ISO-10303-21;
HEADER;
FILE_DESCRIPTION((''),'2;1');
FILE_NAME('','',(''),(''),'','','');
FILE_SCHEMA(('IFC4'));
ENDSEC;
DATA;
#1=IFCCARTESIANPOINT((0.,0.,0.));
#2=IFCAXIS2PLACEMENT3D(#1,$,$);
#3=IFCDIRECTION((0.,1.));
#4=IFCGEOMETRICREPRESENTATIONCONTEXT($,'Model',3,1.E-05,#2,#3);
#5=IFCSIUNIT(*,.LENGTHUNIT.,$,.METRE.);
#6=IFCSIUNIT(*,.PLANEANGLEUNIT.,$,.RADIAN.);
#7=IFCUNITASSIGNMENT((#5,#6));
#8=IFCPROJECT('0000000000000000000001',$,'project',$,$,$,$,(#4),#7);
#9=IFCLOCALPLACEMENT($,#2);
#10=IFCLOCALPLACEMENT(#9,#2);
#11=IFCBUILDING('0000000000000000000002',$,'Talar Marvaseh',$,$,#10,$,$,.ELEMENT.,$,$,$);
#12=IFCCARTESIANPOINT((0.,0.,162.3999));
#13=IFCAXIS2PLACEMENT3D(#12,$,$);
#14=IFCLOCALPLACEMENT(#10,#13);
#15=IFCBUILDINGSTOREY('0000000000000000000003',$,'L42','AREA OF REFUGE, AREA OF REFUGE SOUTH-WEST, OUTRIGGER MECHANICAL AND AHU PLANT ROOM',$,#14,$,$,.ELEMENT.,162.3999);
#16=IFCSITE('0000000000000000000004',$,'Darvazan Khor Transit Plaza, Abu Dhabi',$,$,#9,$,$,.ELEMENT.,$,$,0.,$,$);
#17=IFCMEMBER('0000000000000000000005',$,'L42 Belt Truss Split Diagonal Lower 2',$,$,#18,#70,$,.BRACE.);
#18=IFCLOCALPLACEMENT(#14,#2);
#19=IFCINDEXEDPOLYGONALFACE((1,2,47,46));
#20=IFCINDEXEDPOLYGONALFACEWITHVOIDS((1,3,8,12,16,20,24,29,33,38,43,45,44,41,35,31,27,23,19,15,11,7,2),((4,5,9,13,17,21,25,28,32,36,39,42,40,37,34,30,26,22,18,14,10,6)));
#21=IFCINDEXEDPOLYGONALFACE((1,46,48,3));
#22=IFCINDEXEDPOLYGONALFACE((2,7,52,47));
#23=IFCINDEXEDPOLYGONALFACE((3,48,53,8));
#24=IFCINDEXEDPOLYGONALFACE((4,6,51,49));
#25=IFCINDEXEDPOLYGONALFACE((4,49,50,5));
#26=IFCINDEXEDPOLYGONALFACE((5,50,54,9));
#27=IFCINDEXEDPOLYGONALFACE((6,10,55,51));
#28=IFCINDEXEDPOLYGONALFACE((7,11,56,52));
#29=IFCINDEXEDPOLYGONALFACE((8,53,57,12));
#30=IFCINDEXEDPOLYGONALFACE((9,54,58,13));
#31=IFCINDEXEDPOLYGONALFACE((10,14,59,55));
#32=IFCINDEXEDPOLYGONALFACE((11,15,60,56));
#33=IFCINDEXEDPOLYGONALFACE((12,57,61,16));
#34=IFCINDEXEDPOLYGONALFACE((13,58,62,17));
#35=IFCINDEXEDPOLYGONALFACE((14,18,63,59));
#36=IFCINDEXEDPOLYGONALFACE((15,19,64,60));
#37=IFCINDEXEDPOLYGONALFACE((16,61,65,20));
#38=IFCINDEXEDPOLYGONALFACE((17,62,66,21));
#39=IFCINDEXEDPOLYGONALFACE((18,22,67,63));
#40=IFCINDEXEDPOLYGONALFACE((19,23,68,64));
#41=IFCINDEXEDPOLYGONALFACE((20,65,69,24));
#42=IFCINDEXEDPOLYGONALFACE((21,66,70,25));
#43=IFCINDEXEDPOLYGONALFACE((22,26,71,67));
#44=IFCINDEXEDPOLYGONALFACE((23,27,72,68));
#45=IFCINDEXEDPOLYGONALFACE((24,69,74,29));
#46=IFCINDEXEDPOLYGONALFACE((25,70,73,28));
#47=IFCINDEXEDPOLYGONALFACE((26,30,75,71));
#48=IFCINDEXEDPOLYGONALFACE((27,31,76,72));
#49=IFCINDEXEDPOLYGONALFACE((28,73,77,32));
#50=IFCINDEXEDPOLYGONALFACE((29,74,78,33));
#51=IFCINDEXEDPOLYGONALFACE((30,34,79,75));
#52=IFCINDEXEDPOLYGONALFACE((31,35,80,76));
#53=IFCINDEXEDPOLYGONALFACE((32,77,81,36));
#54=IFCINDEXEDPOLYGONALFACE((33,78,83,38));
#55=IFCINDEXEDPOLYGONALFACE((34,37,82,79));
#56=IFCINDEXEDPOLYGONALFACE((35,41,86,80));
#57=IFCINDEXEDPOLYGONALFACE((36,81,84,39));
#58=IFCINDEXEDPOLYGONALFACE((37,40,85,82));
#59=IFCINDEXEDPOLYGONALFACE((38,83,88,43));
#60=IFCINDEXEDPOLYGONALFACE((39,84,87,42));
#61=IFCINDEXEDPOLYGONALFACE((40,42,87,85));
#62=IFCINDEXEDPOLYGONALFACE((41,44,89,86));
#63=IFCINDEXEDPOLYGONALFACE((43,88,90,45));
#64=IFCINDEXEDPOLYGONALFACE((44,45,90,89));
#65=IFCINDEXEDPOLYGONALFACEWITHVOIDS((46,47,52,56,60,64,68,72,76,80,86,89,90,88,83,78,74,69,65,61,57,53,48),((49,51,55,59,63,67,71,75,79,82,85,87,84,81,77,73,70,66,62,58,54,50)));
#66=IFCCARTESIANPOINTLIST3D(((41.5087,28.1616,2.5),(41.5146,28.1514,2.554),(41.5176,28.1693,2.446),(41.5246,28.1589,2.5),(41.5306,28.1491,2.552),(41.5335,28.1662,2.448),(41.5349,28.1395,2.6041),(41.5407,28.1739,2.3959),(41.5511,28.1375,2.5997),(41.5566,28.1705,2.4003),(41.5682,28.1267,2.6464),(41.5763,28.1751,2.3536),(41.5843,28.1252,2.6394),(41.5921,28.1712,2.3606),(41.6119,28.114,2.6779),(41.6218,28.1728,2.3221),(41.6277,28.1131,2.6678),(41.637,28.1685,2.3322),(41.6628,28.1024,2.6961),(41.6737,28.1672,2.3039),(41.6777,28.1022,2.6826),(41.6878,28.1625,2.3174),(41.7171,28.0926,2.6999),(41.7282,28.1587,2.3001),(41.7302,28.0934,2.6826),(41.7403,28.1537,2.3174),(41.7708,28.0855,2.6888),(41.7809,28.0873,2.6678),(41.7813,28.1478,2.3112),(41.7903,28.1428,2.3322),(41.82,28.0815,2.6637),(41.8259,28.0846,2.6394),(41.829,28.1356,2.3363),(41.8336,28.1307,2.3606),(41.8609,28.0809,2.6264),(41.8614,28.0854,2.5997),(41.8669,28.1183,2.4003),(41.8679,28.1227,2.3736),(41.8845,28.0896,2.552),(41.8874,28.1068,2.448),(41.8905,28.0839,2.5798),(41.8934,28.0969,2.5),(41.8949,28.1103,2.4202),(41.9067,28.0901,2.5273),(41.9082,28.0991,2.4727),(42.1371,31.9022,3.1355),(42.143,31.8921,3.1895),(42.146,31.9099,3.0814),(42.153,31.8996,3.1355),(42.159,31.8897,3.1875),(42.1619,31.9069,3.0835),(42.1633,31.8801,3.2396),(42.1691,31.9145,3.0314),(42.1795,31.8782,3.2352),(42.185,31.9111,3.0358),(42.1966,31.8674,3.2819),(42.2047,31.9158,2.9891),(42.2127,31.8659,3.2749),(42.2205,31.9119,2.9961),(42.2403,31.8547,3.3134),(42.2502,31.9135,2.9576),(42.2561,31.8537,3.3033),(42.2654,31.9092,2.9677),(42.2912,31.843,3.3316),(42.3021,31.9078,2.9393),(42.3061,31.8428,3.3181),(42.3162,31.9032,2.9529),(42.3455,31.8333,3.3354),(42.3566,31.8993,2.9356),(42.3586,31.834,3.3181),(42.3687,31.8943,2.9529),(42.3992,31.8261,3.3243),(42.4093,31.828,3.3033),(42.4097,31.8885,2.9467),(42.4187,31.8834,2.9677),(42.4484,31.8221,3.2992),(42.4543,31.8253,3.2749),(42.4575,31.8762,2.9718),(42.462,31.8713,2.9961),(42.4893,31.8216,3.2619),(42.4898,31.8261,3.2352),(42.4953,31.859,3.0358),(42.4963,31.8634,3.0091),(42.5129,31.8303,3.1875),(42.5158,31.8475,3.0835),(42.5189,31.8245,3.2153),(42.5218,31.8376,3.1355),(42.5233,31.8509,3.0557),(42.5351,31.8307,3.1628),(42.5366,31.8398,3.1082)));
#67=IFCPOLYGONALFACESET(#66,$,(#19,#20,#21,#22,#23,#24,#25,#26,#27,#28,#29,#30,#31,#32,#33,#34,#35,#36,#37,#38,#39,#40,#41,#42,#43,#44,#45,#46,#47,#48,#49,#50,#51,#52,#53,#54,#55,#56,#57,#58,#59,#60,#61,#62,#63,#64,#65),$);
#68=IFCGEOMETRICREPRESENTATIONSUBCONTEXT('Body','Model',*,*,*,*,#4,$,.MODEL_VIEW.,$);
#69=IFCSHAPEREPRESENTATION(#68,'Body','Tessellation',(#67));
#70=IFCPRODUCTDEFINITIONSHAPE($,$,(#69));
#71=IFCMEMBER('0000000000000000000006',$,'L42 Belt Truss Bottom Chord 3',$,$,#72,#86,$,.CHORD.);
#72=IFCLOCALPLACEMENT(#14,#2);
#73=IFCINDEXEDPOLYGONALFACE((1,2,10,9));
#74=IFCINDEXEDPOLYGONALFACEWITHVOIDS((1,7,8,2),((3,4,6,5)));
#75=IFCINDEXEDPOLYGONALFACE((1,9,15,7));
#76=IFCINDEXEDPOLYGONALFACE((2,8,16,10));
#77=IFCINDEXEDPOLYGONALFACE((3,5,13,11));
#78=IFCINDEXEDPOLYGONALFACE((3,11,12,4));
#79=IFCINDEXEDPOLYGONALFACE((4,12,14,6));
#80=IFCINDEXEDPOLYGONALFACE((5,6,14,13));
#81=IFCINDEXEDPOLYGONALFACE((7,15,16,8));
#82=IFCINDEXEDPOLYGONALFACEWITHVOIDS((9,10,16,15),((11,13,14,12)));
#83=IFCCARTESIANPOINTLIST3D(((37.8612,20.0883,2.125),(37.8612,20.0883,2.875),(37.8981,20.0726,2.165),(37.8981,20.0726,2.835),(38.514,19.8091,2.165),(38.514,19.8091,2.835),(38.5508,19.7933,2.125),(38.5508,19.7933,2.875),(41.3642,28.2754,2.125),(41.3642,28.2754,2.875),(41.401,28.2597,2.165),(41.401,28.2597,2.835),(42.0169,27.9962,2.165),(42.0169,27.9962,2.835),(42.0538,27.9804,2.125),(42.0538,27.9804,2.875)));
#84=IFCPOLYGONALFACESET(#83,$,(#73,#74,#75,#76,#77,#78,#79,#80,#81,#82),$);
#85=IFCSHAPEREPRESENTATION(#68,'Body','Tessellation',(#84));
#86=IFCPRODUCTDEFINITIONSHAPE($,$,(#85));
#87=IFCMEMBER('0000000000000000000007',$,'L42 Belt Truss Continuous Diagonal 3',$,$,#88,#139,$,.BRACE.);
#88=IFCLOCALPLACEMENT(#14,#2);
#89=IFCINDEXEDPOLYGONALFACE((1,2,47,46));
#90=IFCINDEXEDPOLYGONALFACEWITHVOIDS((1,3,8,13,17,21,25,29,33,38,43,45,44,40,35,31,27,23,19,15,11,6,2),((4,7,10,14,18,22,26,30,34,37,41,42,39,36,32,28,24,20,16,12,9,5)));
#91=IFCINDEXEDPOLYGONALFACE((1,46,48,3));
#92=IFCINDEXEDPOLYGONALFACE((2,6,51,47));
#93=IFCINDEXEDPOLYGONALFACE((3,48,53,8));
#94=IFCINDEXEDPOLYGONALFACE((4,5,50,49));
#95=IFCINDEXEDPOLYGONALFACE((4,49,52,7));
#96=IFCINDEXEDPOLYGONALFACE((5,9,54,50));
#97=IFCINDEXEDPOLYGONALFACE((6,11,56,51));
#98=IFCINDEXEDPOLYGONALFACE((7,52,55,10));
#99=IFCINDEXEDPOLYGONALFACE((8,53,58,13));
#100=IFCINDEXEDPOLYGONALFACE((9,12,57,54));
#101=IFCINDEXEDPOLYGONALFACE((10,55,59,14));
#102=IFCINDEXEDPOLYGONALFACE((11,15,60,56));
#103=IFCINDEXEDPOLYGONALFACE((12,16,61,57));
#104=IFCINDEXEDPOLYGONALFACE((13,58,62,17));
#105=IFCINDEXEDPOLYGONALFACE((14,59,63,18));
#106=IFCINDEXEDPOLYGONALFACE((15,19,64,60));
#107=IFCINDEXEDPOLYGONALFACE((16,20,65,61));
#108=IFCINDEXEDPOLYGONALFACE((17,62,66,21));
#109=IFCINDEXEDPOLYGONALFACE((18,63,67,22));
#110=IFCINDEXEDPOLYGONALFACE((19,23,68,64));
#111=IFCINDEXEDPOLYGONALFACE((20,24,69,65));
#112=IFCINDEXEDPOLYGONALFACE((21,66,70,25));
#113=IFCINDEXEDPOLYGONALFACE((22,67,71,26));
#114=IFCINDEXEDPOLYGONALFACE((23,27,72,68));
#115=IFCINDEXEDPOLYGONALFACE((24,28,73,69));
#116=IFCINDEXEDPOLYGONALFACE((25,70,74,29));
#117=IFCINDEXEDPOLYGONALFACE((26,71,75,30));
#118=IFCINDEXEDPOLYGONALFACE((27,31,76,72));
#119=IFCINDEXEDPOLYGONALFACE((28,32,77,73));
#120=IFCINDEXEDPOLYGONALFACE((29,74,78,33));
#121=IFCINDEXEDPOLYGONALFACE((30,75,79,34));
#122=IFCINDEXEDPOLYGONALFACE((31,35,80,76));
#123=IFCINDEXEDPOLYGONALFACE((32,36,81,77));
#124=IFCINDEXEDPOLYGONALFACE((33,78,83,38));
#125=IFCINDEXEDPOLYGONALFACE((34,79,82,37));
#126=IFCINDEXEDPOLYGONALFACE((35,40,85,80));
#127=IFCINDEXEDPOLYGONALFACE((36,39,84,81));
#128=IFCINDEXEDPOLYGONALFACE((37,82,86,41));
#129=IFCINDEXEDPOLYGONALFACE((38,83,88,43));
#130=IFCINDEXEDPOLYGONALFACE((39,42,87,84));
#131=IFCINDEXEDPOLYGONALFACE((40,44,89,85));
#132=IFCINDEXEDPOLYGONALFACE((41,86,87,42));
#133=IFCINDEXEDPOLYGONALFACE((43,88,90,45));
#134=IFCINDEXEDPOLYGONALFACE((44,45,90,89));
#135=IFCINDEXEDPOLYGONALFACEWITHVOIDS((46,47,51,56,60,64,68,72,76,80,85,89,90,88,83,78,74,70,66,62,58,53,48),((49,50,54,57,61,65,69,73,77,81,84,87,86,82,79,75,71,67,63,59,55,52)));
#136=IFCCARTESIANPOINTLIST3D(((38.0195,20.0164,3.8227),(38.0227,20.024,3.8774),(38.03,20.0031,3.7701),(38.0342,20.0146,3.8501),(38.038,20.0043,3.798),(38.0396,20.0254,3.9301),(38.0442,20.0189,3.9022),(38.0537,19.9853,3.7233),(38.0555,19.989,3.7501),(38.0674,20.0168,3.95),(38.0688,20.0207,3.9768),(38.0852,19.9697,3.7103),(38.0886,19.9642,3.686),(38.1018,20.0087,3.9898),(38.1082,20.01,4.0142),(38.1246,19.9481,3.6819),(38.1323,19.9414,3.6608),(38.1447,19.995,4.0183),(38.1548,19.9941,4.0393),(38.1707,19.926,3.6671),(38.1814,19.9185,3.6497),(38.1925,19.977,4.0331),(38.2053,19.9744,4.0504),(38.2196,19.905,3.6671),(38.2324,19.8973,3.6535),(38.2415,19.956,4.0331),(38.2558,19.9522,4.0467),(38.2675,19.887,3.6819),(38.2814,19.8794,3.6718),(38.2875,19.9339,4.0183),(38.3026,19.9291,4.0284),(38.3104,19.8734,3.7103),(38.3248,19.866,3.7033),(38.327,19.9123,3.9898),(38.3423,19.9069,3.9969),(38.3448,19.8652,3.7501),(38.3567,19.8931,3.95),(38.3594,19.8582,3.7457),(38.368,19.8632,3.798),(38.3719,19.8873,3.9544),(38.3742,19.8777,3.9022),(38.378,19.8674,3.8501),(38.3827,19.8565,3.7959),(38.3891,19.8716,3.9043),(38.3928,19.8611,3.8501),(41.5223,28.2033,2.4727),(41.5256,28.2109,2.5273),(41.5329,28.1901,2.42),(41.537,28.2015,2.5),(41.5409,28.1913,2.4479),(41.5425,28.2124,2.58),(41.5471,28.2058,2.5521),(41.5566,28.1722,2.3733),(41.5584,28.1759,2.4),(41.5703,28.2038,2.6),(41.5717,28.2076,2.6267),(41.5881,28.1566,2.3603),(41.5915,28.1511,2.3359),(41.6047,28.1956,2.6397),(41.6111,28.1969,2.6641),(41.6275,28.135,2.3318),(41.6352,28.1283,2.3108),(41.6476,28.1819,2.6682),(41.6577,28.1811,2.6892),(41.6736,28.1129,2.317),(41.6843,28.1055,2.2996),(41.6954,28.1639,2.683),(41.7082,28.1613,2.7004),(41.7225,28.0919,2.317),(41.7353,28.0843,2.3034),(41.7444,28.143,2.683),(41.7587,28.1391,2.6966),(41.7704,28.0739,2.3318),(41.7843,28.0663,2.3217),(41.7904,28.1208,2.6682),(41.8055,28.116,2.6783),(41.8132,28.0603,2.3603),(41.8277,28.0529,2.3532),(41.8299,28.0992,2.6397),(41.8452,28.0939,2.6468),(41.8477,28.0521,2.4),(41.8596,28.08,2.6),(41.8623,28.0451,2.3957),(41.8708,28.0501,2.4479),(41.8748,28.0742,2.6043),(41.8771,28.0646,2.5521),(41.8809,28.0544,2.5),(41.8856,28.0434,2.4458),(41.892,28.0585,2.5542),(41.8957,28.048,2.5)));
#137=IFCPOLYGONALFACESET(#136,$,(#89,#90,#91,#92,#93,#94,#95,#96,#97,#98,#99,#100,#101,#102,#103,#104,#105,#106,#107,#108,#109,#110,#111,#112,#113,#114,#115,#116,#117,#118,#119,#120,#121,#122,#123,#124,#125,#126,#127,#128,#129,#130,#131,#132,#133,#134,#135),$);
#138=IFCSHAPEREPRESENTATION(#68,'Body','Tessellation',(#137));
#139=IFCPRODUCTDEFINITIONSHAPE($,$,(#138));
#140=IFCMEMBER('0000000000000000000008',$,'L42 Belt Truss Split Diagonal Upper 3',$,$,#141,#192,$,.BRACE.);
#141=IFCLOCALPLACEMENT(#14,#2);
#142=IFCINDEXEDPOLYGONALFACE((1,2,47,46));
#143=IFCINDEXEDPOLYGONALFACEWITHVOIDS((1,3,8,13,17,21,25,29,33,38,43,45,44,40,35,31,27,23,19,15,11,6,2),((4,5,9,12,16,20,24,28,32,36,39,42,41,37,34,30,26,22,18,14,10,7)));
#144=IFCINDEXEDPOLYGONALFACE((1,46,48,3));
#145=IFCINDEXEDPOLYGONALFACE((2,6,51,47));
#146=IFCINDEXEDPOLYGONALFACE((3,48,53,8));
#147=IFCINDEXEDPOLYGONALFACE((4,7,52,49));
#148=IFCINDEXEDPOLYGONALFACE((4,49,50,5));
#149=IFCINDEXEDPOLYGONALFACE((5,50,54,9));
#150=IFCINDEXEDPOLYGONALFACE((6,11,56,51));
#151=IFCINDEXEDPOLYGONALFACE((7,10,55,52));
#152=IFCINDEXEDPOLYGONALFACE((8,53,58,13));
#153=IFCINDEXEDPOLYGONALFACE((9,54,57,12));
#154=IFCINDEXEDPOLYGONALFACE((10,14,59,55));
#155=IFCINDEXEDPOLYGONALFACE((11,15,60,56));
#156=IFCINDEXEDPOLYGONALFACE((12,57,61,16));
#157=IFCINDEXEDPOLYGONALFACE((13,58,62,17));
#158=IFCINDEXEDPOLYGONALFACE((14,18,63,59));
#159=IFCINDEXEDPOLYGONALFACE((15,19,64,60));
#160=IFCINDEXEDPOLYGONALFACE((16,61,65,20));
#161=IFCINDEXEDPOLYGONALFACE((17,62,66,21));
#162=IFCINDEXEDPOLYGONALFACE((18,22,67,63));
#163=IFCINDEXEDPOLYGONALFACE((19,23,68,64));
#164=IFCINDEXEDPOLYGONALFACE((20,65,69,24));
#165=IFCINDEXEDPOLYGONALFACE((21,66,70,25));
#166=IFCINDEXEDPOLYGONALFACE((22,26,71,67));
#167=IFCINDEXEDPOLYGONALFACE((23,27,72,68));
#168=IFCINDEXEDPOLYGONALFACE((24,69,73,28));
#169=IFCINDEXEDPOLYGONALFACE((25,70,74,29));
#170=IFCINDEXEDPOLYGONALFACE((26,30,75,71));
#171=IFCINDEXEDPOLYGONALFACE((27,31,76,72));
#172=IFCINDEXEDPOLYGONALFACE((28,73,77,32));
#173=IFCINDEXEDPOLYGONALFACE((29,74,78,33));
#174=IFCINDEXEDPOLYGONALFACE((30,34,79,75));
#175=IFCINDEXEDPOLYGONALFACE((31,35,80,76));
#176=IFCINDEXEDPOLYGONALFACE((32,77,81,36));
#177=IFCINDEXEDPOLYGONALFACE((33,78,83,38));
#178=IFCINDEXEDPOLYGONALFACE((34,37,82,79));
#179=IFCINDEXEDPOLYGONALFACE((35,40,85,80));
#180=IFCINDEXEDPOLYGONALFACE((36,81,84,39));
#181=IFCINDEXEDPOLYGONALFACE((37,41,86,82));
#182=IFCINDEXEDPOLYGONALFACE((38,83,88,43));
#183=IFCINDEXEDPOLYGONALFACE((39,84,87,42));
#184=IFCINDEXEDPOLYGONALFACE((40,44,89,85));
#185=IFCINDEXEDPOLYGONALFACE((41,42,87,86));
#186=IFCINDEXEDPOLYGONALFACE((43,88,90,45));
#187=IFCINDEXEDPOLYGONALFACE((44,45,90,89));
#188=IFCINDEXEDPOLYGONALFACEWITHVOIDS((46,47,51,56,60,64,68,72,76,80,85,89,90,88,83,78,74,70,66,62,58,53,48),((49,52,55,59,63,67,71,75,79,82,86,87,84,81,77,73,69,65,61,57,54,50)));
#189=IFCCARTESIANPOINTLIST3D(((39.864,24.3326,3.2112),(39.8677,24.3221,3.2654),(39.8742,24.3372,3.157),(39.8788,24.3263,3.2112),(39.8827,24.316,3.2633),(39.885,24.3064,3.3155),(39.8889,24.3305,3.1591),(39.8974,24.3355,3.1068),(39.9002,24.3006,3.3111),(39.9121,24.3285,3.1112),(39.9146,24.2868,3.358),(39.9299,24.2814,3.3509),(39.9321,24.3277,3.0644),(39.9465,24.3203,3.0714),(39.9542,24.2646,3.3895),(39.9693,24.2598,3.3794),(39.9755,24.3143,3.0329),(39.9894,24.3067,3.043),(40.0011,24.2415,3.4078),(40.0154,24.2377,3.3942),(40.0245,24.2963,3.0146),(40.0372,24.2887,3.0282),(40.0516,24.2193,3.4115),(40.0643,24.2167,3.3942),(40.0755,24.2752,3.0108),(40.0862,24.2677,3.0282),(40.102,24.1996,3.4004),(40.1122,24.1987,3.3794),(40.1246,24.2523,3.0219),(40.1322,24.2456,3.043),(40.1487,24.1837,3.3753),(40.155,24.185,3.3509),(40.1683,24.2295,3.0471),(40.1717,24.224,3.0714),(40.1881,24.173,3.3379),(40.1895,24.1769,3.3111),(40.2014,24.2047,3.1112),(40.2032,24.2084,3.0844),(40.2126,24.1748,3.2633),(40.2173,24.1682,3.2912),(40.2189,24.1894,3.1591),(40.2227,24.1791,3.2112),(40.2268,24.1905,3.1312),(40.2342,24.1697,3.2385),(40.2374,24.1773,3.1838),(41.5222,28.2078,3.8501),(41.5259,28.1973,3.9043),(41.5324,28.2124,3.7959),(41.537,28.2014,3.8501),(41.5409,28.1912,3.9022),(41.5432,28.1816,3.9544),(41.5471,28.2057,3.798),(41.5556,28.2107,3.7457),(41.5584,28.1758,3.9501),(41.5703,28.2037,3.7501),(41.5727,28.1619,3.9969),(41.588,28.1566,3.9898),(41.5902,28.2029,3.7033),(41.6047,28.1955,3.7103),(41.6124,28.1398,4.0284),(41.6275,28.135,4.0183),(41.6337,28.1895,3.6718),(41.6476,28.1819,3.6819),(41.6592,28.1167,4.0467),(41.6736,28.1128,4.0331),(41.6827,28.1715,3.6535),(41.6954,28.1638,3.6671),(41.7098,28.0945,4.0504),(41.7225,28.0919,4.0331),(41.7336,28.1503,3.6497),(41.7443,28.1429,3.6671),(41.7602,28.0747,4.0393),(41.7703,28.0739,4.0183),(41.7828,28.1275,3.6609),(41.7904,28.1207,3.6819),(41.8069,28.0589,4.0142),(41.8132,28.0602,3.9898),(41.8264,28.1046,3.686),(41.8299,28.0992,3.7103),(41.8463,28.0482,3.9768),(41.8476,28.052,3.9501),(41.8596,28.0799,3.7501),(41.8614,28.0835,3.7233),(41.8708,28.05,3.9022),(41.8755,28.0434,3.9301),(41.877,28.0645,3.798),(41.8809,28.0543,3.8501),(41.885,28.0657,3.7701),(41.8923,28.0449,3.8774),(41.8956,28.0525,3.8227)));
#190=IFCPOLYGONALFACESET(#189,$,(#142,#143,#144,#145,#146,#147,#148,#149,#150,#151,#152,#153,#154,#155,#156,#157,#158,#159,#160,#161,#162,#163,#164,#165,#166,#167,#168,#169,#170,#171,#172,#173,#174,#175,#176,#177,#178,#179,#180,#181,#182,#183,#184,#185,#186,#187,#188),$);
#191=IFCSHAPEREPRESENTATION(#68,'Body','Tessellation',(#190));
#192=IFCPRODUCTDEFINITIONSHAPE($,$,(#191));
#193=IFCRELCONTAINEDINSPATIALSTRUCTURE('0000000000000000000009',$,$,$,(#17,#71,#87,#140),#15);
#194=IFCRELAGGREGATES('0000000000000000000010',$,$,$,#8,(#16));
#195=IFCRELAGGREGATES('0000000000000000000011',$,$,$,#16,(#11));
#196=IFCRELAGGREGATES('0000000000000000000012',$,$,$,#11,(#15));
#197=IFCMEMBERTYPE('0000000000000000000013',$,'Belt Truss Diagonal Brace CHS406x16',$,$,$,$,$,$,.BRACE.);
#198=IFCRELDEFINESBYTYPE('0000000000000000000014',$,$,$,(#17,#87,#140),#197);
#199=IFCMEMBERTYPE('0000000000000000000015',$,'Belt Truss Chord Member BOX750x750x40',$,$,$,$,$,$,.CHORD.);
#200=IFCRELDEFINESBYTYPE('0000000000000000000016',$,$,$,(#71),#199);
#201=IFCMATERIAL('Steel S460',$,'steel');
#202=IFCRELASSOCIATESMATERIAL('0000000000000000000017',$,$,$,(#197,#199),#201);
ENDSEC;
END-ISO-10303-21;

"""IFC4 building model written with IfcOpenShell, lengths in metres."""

from ifc_helpers import new_model, si_unit, direction, frame, origin, origin_2d, place, context, subcontext, project, spatial, hollow_rectangle, hollow_circle, extrude, source, transform, mapped, material, material_profile, profile_set, type_object, type_shapes, element, save


model = new_model("IFC4")

# Units and contexts
model_context = context("Model", 3, precision=1e-05, world=origin(), true_north=direction((0.0, 1.0)))
body_context = subcontext(model_context, "Body", "Model", "MODEL_VIEW")
ifc_project = project(units=[si_unit("LENGTHUNIT", "METRE"), si_unit("PLANEANGLEUNIT", "RADIAN")], contexts=[model_context])

# Site, building, storey
site_placement = place(None, origin())
site = spatial("IfcSite", under=ifc_project, at=site_placement, Name="Darvazan Khor Transit Plaza, Abu Dhabi", CompositionType="ELEMENT", RefElevation=0.0)
building_placement = place(site_placement, origin())
building = spatial("IfcBuilding", under=site, at=building_placement, Name="Talar Marvaseh", CompositionType="ELEMENT")
storey_placement = place(building_placement, frame((0.0, 0.0, 162.3999)))
storey = spatial("IfcBuildingStorey", under=building, at=storey_placement, Name="L42", Description="AREA OF REFUGE, AREA OF REFUGE SOUTH-WEST, OUTRIGGER MECHANICAL AND AHU PLANT ROOM", CompositionType="ELEMENT", Elevation=162.3999)

# Shared definitions
ifc_material_1 = material(Name="Steel S460", Category="steel")

# Members
ifc_material_profile_1 = material_profile(ifc_material_1, hollow_circle(Radius=0.2031, WallThickness=0.0161, at=origin_2d()), Name="CHS406x16")
ifc_profile_set_1 = profile_set([ifc_material_profile_1], Name="Steel S460")
member_type_1 = type_object("IfcMemberType", Name="Belt Truss Diagonal Brace CHS406x16", PredefinedType="BRACE", material=ifc_profile_set_1)
shared_shape_1 = source(origin(), body_context, "Body", "SweptSolid", [
    extrude(hollow_circle(Radius=0.2031, WallThickness=0.0161, at=origin_2d()), origin(), (0.0, 0.0, 1.0), 3.8459),
])
member_1_placement = place(storey_placement, frame((41.709, 28.1279, 2.5), z_axis=(0.163395, 0.972625, 0.165236), x_axis=(-0.986181, 0.165672, 0.0)))
element("IfcMember", 1, at=member_1_placement, inside=storey, type_object=member_type_1, Name="L42 Belt Truss Split Diagonal Lower 2", PredefinedType="BRACE", context=body_context, shape_type="MappedRepresentation", body=[
    mapped(shared_shape_1, transform((0.0, 0.0, 0.0), x_axis=(1.0, 0.0, 0.0), y_axis=(0.0, 1.0, 0.0), z_axis=(0.0, 0.0, 1.0), scale=1.0)),
])
ifc_material_profile_2 = material_profile(ifc_material_1, hollow_rectangle(XDim=0.75, YDim=0.75, WallThickness=0.04, at=origin_2d()), Name="BOX750x750x40")
ifc_profile_set_2 = profile_set([ifc_material_profile_2], Name="Steel S460")
member_type_2 = type_object("IfcMemberType", Name="Belt Truss Chord Member BOX750x750x40", PredefinedType="CHORD", material=ifc_profile_set_2)
shared_shape_2 = source(origin(), body_context, "Body", "SweptSolid", [
    extrude(hollow_rectangle(XDim=0.75, YDim=0.75, WallThickness=0.04, at=origin_2d()), origin(), (0.0, 0.0, 1.0), 8.905),
])
type_shapes(member_type_2, [shared_shape_2])
member_2_placement = place(storey_placement, frame((41.709, 28.1279, 2.5), z_axis=(-0.39337, -0.91938, 0.0), x_axis=(0.91938, -0.39337, 0.0)))
element("IfcMember", 2, at=member_2_placement, inside=storey, type_object=member_type_2, Name="L42 Belt Truss Bottom Chord 3", PredefinedType="CHORD", context=body_context, shape_type="MappedRepresentation", body=[
    mapped(shared_shape_2, transform((0.0, 0.0, 0.0), x_axis=(1.0, 0.0, 0.0), y_axis=(0.0, 1.0, 0.0), z_axis=(0.0, 0.0, 1.0), scale=1.0)),
])
shared_shape_3 = source(origin(), body_context, "Body", "SweptSolid", [
    extrude(hollow_circle(Radius=0.2031, WallThickness=0.0161, at=origin_2d()), origin(), (0.0, 0.0, 1.0), 9.0066),
])
member_3_placement = place(storey_placement, frame((41.709, 28.1279, 2.5), z_axis=(-0.388925, -0.908992, 0.149899), x_axis=(0.91938, -0.39337, 0.0)))
element("IfcMember", 3, at=member_3_placement, inside=storey, type_object=member_type_1, Name="L42 Belt Truss Continuous Diagonal 3", PredefinedType="BRACE", context=body_context, shape_type="MappedRepresentation", body=[
    mapped(shared_shape_3, transform((0.0, 0.0, 0.0), x_axis=(1.0, 0.0, 0.0), y_axis=(0.0, 1.0, 0.0), z_axis=(0.0, 0.0, 1.0), scale=1.0)),
])
shared_shape_4 = source(origin(), body_context, "Body", "SweptSolid", [
    extrude(hollow_circle(Radius=0.2031, WallThickness=0.0161, at=origin_2d()), origin(), (0.0, 0.0, 1.0), 4.2632),
])
type_shapes(member_type_1, [shared_shape_1, shared_shape_3, shared_shape_4])
member_4_placement = place(storey_placement, frame((40.0508, 24.2527, 3.2112), z_axis=(0.388952, 0.908987, 0.149866), x_axis=(-0.91937, 0.393395, 0.0)))
element("IfcMember", 4, at=member_4_placement, inside=storey, type_object=member_type_1, Name="L42 Belt Truss Split Diagonal Upper 3", PredefinedType="BRACE", context=body_context, shape_type="MappedRepresentation", body=[
    mapped(shared_shape_4, transform((0.0, 0.0, 0.0), x_axis=(1.0, 0.0, 0.0), y_axis=(0.0, 1.0, 0.0), z_axis=(0.0, 0.0, 1.0), scale=1.0)),
])

save(model, "model.ifc")
